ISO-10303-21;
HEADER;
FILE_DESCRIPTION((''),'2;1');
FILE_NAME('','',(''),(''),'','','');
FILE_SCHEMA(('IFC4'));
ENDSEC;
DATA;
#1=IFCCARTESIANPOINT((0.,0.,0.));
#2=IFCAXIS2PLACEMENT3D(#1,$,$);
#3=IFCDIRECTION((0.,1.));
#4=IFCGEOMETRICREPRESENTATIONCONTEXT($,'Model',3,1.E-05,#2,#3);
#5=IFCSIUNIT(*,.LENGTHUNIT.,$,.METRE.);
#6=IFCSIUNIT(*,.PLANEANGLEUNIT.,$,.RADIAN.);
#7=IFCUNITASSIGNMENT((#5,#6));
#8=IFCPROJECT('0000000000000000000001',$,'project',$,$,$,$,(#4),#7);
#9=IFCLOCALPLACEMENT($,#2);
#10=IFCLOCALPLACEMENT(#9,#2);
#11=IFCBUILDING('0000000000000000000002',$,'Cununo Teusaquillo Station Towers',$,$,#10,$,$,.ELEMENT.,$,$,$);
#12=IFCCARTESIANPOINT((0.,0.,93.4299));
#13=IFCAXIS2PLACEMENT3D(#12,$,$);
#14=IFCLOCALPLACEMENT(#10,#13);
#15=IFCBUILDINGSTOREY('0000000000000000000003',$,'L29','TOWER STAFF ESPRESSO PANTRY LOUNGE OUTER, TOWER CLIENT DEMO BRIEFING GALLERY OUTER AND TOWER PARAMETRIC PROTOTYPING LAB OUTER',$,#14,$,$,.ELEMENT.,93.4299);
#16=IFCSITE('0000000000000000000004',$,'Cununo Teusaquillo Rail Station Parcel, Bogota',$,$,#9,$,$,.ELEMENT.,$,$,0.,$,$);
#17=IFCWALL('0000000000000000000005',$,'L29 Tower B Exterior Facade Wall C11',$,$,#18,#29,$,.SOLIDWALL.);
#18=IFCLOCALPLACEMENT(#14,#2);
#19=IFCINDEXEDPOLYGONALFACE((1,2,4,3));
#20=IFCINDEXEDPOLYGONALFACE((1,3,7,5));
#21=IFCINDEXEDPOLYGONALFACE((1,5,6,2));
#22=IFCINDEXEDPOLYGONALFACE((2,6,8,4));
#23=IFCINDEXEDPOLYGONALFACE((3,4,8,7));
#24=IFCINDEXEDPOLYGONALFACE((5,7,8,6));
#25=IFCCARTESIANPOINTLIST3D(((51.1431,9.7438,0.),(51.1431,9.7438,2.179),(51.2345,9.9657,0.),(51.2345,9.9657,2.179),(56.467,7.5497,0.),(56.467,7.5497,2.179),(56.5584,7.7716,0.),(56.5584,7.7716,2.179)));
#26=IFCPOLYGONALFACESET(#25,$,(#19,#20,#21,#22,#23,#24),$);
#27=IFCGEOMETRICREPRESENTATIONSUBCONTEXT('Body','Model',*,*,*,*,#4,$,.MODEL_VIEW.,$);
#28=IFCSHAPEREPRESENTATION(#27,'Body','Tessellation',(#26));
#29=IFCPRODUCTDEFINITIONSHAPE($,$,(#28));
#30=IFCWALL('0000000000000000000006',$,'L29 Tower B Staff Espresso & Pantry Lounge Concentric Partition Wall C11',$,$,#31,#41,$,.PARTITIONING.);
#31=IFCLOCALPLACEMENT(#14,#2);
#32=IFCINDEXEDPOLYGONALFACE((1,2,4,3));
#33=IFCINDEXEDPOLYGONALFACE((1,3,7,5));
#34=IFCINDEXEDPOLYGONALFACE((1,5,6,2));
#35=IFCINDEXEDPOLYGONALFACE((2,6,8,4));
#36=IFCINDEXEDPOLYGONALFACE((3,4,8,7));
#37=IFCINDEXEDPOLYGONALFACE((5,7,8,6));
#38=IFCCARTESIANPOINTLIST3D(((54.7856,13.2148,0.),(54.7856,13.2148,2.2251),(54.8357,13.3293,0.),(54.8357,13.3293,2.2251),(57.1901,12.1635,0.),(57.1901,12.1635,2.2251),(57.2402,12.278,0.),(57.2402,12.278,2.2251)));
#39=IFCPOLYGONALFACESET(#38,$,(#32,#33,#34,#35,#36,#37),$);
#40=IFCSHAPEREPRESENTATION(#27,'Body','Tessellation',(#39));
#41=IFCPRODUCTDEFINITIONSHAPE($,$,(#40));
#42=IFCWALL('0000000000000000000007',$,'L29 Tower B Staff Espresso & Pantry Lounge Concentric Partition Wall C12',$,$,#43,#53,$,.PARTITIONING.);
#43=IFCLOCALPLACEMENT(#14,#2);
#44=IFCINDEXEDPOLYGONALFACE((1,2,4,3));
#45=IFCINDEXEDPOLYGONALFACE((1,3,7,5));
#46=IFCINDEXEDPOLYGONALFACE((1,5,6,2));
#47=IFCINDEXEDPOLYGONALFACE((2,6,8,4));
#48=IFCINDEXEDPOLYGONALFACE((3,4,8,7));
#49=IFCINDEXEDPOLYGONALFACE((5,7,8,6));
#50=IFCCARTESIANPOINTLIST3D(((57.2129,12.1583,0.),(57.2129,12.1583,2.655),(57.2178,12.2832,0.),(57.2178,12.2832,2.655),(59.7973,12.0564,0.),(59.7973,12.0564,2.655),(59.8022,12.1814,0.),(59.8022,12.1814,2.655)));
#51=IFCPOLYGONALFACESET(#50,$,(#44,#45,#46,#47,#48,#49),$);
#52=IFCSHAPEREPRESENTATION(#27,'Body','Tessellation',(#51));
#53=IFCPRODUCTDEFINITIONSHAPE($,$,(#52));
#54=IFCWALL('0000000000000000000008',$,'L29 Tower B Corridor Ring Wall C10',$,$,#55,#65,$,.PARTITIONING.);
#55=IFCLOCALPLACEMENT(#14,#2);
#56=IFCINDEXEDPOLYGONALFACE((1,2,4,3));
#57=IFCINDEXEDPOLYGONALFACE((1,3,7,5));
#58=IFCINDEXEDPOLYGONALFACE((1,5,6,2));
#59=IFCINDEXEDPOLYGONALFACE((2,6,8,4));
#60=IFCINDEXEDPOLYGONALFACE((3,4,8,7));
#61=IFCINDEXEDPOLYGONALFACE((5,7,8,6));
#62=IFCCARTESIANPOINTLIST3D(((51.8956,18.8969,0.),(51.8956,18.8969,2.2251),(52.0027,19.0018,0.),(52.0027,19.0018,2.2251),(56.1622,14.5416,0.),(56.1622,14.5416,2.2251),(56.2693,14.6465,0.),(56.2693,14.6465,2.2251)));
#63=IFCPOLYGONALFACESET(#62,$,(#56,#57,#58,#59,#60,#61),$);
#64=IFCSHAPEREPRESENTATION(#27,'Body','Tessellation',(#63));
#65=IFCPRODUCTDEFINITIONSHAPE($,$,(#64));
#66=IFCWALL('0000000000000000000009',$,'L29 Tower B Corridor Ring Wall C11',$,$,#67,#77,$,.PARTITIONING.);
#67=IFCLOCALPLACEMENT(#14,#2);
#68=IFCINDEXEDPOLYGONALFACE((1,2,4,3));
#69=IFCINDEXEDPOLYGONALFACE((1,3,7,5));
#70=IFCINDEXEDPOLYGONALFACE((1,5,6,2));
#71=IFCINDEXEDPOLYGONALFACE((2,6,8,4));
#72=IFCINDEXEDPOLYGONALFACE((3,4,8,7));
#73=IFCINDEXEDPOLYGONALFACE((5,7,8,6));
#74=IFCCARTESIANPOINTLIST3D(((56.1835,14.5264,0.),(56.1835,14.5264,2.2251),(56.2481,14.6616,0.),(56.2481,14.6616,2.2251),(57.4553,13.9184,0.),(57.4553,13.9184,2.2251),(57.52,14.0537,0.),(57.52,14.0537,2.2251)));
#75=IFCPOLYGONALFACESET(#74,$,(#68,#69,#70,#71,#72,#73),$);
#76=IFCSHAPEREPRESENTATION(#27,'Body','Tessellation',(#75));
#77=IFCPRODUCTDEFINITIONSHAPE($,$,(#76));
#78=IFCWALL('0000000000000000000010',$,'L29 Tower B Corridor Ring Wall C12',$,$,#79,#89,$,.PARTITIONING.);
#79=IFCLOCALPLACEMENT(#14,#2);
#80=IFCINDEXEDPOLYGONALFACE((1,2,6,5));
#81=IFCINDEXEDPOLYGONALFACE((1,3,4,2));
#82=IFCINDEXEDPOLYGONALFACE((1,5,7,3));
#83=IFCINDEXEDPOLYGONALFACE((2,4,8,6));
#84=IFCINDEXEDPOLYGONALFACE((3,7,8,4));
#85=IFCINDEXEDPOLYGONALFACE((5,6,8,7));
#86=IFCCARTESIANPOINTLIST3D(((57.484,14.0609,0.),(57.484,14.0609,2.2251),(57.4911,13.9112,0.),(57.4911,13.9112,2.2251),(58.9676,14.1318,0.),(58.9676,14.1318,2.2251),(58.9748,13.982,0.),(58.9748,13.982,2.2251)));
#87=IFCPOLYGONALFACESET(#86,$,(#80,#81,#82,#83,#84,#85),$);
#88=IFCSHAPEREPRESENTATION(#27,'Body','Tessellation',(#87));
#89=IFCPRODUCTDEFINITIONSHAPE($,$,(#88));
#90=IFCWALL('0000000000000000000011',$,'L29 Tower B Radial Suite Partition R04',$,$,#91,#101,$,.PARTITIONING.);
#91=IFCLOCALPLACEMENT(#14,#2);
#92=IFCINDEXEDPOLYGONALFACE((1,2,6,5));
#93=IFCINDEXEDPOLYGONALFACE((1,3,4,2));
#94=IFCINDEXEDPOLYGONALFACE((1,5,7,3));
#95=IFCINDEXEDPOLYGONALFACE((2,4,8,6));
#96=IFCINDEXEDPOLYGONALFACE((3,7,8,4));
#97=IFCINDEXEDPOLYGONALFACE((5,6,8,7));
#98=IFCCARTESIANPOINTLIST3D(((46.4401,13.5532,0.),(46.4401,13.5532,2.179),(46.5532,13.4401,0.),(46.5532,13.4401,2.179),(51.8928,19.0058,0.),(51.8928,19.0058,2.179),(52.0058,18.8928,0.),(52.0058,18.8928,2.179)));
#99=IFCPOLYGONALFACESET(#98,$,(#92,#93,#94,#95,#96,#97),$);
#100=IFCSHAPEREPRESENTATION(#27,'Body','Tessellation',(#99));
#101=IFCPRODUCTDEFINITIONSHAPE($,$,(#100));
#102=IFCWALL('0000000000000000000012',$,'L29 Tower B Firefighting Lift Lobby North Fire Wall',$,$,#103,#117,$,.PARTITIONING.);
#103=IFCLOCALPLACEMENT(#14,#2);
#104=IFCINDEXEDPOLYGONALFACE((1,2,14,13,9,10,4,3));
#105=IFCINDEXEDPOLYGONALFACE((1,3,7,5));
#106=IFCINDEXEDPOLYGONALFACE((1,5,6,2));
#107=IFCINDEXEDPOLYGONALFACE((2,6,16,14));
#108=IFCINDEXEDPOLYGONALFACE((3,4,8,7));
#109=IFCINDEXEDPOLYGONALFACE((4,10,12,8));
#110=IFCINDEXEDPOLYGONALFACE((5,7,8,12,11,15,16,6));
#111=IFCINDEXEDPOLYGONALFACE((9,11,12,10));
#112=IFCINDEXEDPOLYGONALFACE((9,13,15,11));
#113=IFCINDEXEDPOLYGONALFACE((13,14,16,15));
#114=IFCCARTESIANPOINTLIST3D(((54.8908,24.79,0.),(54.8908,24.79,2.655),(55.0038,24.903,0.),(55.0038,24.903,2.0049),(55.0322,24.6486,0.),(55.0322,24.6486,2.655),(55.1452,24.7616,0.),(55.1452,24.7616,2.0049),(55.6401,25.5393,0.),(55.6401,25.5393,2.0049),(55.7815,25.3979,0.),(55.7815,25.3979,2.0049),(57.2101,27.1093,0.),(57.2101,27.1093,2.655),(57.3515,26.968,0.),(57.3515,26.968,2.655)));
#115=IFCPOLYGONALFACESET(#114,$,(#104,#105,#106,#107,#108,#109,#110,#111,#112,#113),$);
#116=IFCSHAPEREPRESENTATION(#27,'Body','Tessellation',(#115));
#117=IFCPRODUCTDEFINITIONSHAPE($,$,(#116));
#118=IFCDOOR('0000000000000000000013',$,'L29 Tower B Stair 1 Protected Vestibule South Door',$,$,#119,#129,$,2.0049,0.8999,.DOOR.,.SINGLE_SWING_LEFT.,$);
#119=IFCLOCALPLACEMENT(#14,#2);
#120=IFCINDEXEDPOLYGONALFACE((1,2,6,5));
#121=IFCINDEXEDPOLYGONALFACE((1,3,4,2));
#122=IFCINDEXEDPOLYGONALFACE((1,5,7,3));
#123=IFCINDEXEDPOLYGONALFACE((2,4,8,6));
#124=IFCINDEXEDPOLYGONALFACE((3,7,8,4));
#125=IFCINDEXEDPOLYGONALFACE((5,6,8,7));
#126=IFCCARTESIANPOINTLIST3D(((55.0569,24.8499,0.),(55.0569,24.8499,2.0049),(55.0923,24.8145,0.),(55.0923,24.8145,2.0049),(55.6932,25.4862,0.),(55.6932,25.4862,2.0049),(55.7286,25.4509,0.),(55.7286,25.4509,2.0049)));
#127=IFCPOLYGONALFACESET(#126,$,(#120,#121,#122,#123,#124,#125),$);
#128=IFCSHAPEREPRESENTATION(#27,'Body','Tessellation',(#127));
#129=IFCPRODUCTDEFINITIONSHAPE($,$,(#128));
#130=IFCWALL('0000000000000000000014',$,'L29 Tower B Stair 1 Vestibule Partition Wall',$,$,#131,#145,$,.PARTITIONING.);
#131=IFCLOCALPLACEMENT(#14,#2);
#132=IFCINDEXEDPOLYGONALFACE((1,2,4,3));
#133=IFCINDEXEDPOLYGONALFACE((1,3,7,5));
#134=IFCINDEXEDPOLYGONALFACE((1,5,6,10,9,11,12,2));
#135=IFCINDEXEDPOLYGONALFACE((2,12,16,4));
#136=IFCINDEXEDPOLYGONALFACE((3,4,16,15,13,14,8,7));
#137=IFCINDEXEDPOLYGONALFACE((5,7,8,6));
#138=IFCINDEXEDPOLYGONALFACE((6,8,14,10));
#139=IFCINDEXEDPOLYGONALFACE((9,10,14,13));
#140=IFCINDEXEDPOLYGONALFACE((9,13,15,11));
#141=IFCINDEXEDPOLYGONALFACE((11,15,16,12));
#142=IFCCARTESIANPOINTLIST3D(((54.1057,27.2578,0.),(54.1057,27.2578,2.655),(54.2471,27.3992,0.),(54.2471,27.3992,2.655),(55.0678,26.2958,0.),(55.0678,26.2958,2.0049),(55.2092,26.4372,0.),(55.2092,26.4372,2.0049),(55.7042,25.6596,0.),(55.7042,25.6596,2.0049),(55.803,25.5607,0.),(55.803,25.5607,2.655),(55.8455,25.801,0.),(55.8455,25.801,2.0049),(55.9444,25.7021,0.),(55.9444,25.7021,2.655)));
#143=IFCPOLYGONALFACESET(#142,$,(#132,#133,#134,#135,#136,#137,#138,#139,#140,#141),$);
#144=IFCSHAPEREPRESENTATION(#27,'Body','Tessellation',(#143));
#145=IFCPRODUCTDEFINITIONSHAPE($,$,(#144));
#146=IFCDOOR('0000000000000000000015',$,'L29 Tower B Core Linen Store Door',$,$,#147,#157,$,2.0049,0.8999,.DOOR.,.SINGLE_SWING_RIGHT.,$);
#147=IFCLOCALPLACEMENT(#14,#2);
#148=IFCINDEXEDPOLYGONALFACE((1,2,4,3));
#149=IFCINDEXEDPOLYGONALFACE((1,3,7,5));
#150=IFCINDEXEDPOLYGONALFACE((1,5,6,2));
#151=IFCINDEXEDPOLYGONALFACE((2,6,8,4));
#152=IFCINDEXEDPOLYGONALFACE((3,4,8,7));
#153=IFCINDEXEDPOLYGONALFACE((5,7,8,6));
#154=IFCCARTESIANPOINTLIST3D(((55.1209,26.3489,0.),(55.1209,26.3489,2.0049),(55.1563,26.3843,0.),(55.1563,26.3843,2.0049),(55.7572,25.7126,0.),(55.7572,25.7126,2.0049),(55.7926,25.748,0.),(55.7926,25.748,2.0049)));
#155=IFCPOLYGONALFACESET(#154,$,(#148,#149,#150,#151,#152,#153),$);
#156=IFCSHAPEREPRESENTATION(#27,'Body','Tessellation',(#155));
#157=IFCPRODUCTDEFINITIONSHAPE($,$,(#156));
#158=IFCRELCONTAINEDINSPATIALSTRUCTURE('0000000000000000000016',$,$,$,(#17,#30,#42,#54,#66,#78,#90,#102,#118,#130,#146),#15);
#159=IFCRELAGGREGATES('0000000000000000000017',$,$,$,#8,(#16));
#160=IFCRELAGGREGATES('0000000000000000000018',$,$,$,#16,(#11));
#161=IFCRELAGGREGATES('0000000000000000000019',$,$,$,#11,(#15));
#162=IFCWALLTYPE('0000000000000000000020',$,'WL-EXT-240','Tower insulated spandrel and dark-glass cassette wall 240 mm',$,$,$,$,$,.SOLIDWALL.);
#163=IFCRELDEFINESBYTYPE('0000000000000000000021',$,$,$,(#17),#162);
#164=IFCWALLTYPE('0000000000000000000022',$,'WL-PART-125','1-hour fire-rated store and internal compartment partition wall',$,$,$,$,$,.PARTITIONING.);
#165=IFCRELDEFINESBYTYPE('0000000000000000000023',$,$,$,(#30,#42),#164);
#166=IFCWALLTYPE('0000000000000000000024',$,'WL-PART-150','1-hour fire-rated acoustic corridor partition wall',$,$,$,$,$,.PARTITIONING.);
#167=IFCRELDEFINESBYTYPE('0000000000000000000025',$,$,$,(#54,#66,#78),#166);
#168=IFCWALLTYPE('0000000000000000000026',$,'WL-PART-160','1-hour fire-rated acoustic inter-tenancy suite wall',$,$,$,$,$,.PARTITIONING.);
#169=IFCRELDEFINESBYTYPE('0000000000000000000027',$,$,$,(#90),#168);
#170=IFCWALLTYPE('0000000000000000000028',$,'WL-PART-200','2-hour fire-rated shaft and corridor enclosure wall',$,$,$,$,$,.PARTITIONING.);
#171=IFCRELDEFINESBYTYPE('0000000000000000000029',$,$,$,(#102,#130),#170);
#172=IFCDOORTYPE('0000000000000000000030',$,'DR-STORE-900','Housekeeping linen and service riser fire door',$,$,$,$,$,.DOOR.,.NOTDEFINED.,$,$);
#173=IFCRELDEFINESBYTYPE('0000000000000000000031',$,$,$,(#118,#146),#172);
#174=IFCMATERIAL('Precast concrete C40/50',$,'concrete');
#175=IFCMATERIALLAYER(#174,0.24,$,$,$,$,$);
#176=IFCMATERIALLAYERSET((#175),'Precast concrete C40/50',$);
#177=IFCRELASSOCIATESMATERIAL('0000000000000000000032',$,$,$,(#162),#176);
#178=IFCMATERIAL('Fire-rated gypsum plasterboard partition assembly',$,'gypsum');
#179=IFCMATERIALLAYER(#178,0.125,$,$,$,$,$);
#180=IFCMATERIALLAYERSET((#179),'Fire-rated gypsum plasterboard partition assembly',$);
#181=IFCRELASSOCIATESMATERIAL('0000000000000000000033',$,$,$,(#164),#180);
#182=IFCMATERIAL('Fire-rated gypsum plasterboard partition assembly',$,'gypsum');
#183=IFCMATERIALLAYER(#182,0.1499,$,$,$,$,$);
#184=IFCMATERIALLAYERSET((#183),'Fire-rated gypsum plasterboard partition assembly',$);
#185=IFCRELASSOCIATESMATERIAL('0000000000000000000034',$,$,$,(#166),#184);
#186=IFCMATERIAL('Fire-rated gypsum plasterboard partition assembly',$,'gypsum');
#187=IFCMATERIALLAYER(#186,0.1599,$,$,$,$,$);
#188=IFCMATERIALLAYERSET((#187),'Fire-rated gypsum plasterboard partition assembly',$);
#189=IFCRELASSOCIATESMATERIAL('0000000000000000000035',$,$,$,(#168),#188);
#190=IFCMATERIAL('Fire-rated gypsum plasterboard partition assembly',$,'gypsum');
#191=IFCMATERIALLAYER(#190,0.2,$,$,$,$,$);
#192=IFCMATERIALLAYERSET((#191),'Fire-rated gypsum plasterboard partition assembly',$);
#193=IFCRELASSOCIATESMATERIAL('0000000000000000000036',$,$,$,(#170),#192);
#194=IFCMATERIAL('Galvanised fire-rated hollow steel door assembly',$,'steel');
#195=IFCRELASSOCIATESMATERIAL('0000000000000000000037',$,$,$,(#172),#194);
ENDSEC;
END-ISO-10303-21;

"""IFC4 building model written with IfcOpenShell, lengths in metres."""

from ifc_helpers import new_model, si_unit, direction, frame, frame_2d, origin, place, context, subcontext, project, spatial, rectangle, extrude, source, transform, mapped, material, layer, layer_set, type_object, element, fill, save


model = new_model("IFC4")

# Units and contexts
model_context = context("Model", 3, precision=1e-05, world=origin(), true_north=direction((0.0, 1.0)))
body_context = subcontext(model_context, "Body", "Model", "MODEL_VIEW")
ifc_project = project(units=[si_unit("LENGTHUNIT", "METRE"), si_unit("PLANEANGLEUNIT", "RADIAN")], contexts=[model_context])

# Site, building, storey
site_placement = place(None, origin())
site = spatial("IfcSite", under=ifc_project, at=site_placement, Name="Cununo Teusaquillo Rail Station Parcel, Bogota", CompositionType="ELEMENT", RefElevation=0.0)
building_placement = place(site_placement, origin())
building = spatial("IfcBuilding", under=site, at=building_placement, Name="Cununo Teusaquillo Station Towers", CompositionType="ELEMENT")
storey_placement = place(building_placement, frame((0.0, 0.0, 93.4299)))
storey = spatial("IfcBuildingStorey", under=building, at=storey_placement, Name="L29", Description="TOWER STAFF ESPRESSO PANTRY LOUNGE OUTER, TOWER CLIENT DEMO BRIEFING GALLERY OUTER AND TOWER PARAMETRIC PROTOTYPING LAB OUTER", CompositionType="ELEMENT", Elevation=93.4299)

# Shared definitions
ifc_material_1 = material(Name="Precast concrete C40/50", Category="concrete")
ifc_layer_1 = layer(ifc_material_1, 0.24)
ifc_layer_set_1 = layer_set([ifc_layer_1], Name="Precast concrete C40/50")
wall_type_1 = type_object("IfcWallType", Name="WL-EXT-240", Description="Tower insulated spandrel and dark-glass cassette wall 240 mm", PredefinedType="SOLIDWALL", material=ifc_layer_set_1)

# Walls
wall_1_placement = place(storey_placement, frame((56.5127, 7.6606, 0.0), z_axis=(0.0, 0.0, 1.0), x_axis=(-0.924564, 0.381027, 0.0)))
element("IfcWall", 1, at=wall_1_placement, inside=storey, type_object=wall_type_1, Name="L29 Tower B Exterior Facade Wall C11", PredefinedType="SOLIDWALL", context=body_context, shape_type="SweptSolid", body=[
    extrude(rectangle(XDim=5.7583, YDim=0.24, at=frame_2d((2.8792, 0.0))), origin(), (0.0, 0.0, 1.0), 2.179),
])
ifc_material_2 = material(Name="Fire-rated gypsum plasterboard partition assembly", Category="gypsum")
ifc_layer_2 = layer(ifc_material_2, 0.125)
ifc_layer_set_2 = layer_set([ifc_layer_2], Name="Fire-rated gypsum plasterboard partition assembly")
wall_type_2 = type_object("IfcWallType", Name="WL-PART-125", Description="1-hour fire-rated store and internal compartment partition wall", PredefinedType="PARTITIONING", material=ifc_layer_set_2)
wall_2_placement = place(storey_placement, frame((54.8108, 13.272, 0.0), z_axis=(0.0, 0.0, 1.0), x_axis=(0.916258, -0.400589, 0.0)))
element("IfcWall", 2, at=wall_2_placement, inside=storey, type_object=wall_type_2, Name="L29 Tower B Staff Espresso & Pantry Lounge Concentric Partition Wall C11", PredefinedType="PARTITIONING", context=body_context, shape_type="SweptSolid", body=[
    extrude(rectangle(XDim=2.6243, YDim=0.125, at=frame_2d((1.312, 0.0))), origin(), (0.0, 0.0, 1.0), 2.2251),
])
wall_3_placement = place(storey_placement, frame((57.2153, 12.2207, 0.0), z_axis=(0.0, 0.0, 1.0), x_axis=(0.999225, -0.039361, 0.0)))
element("IfcWall", 3, at=wall_3_placement, inside=storey, type_object=wall_type_2, Name="L29 Tower B Staff Espresso & Pantry Lounge Concentric Partition Wall C12", PredefinedType="PARTITIONING", context=body_context, shape_type="SweptSolid", body=[
    extrude(rectangle(XDim=2.5864, YDim=0.125, at=frame_2d((1.2932, 0.0))), origin(), (0.0, 0.0, 1.0), 2.655),
])
ifc_material_3 = material(Name="Fire-rated gypsum plasterboard partition assembly", Category="gypsum")
ifc_layer_3 = layer(ifc_material_3, 0.1499)
ifc_layer_set_3 = layer_set([ifc_layer_3], Name="Fire-rated gypsum plasterboard partition assembly")
wall_type_3 = type_object("IfcWallType", Name="WL-PART-150", Description="1-hour fire-rated acoustic corridor partition wall", PredefinedType="PARTITIONING", material=ifc_layer_set_3)
wall_4_placement = place(storey_placement, frame((51.9492, 18.9492, 0.0), z_axis=(0.0, 0.0, 1.0), x_axis=(0.699802, -0.714337, 0.0)))
element("IfcWall", 4, at=wall_4_placement, inside=storey, type_object=wall_type_3, Name="L29 Tower B Corridor Ring Wall C10", PredefinedType="PARTITIONING", context=body_context, shape_type="SweptSolid", body=[
    extrude(rectangle(XDim=6.0969, YDim=0.1499, at=frame_2d((3.0483, 0.0))), origin(), (0.0, 0.0, 1.0), 2.2251),
])
wall_5_placement = place(storey_placement, frame((56.2158, 14.594, 0.0), z_axis=(0.0, 0.0, 1.0), x_axis=(0.902219, -0.431278, 0.0)))
element("IfcWall", 5, at=wall_5_placement, inside=storey, type_object=wall_type_3, Name="L29 Tower B Corridor Ring Wall C11", PredefinedType="PARTITIONING", context=body_context, shape_type="SweptSolid", body=[
    extrude(rectangle(XDim=1.4097, YDim=0.1499, at=frame_2d((0.7048, 0.0))), origin(), (0.0, 0.0, 1.0), 2.2251),
])
wall_6_placement = place(storey_placement, frame((57.4875, 13.9861, 0.0), z_axis=(0.0, 0.0, 1.0), x_axis=(0.998863, 0.047667, 0.0)))
element("IfcWall", 6, at=wall_6_placement, inside=storey, type_object=wall_type_3, Name="L29 Tower B Corridor Ring Wall C12", PredefinedType="PARTITIONING", context=body_context, shape_type="SweptSolid", body=[
    extrude(rectangle(XDim=1.4854, YDim=0.1499, at=frame_2d((0.7427, 0.0))), origin(), (0.0, 0.0, 1.0), 2.2251),
])
ifc_material_4 = material(Name="Fire-rated gypsum plasterboard partition assembly", Category="gypsum")
ifc_layer_4 = layer(ifc_material_4, 0.1599)
ifc_layer_set_4 = layer_set([ifc_layer_4], Name="Fire-rated gypsum plasterboard partition assembly")
wall_type_4 = type_object("IfcWallType", Name="WL-PART-160", Description="1-hour fire-rated acoustic inter-tenancy suite wall", PredefinedType="PARTITIONING", material=ifc_layer_set_4)
wall_7_placement = place(storey_placement, frame((51.9492, 18.9492, 0.0), z_axis=(0.0, 0.0, 1.0), x_axis=(-0.707107, -0.707107, 0.0)))
element("IfcWall", 7, at=wall_7_placement, inside=storey, type_object=wall_type_4, Name="L29 Tower B Radial Suite Partition R04", PredefinedType="PARTITIONING", context=body_context, shape_type="SweptSolid", body=[
    extrude(rectangle(XDim=7.7112, YDim=0.1599, at=frame_2d((3.8555, 0.0))), origin(), (0.0, 0.0, 1.0), 2.179),
])

# Walls, openings, doors
ifc_material_5 = material(Name="Fire-rated gypsum plasterboard partition assembly", Category="gypsum")
ifc_layer_5 = layer(ifc_material_5, 0.2)
ifc_layer_set_5 = layer_set([ifc_layer_5], Name="Fire-rated gypsum plasterboard partition assembly")
wall_type_5 = type_object("IfcWallType", Name="WL-PART-200", Description="2-hour fire-rated shaft and corridor enclosure wall", PredefinedType="PARTITIONING", material=ifc_layer_set_5)
wall_8_placement = place(storey_placement, frame((54.9614, 24.7192, 0.0), z_axis=(0.0, 0.0, 1.0), x_axis=(0.707107, 0.707107, 0.0)))
wall_8 = element("IfcWall", 8, at=wall_8_placement, inside=storey, type_object=wall_type_5, Name="L29 Tower B Firefighting Lift Lobby North Fire Wall", PredefinedType="PARTITIONING", context=body_context, shape_type="SweptSolid", body=[
    extrude(rectangle(XDim=3.28, YDim=0.2, at=frame_2d((1.6401, 0.0))), origin(), (0.0, 0.0, 1.0), 2.655),
])
shared_shape_1 = source(origin(), body_context, "Body", "SweptSolid", [
    extrude(rectangle(XDim=0.8999, YDim=2.0049, at=frame_2d((0.45, 1.0024))), frame((0.0, 0.1099, 0.0), z_axis=(0.0, -1.0, 0.0), x_axis=(1.0, 0.0, 0.0)), (0.0, 0.0, 1.0), 0.22),
])
opening_1_placement = place(wall_8_placement, frame((0.1599, 0.0, 0.0)))
opening_1 = element("IfcOpeningElement", 9, at=opening_1_placement, cuts=wall_8, PredefinedType="OPENING", context=body_context, shape_type="MappedRepresentation", body=[
    mapped(shared_shape_1, transform((0.0, 0.0, 0.0), x_axis=(1.0, 0.0, 0.0), y_axis=(0.0, 1.0, 0.0), z_axis=(0.0, 0.0, 1.0), scale=1.0)),
])
ifc_material_6 = material(Name="Galvanised fire-rated hollow steel door assembly", Category="steel")
door_type = type_object("IfcDoorType", Name="DR-STORE-900", Description="Housekeeping linen and service riser fire door", OperationType="NOTDEFINED", PredefinedType="DOOR", material=ifc_material_6)
shared_shape_2 = source(origin(), body_context, "Body", "SweptSolid", [
    extrude(rectangle(XDim=0.8999, YDim=2.0049, at=frame_2d((0.45, 1.0024))), frame((0.0, 0.0249, 0.0), z_axis=(0.0, -1.0, 0.0), x_axis=(1.0, 0.0, 0.0)), (0.0, 0.0, 1.0), 0.05),
])
door_1_placement = place(opening_1_placement, origin())
door_1 = element("IfcDoor", 10, at=door_1_placement, inside=storey, type_object=door_type, Name="L29 Tower B Stair 1 Protected Vestibule South Door", OperationType="SINGLE_SWING_LEFT", OverallHeight=2.0049, OverallWidth=0.8999, PredefinedType="DOOR", context=body_context, shape_type="MappedRepresentation", body=[
    mapped(shared_shape_2, transform((0.0, 0.0, 0.0), x_axis=(1.0, 0.0, 0.0), y_axis=(0.0, 1.0, 0.0), z_axis=(0.0, 0.0, 1.0), scale=1.0)),
])
fill(opening_1, door_1)
wall_9_placement = place(storey_placement, frame((55.8738, 25.6313, 0.0), z_axis=(0.0, 0.0, 1.0), x_axis=(-0.707158, 0.707056, 0.0)))
wall_9 = element("IfcWall", 11, at=wall_9_placement, inside=storey, type_object=wall_type_5, Name="L29 Tower B Stair 1 Vestibule Partition Wall", PredefinedType="PARTITIONING", context=body_context, shape_type="SweptSolid", body=[
    extrude(rectangle(XDim=2.4001, YDim=0.2, at=frame_2d((1.2002, 0.0))), origin(), (0.0, 0.0, 1.0), 2.655),
])
opening_2_placement = place(wall_9_placement, frame((0.1399, 0.0, 0.0)))
opening_2 = element("IfcOpeningElement", 12, at=opening_2_placement, cuts=wall_9, PredefinedType="OPENING", context=body_context, shape_type="MappedRepresentation", body=[
    mapped(shared_shape_1, transform((0.0, 0.0, 0.0), x_axis=(1.0, 0.0, 0.0), y_axis=(0.0, 1.0, 0.0), z_axis=(0.0, 0.0, 1.0), scale=1.0)),
])
door_2_placement = place(opening_2_placement, origin())
door_2 = element("IfcDoor", 13, at=door_2_placement, inside=storey, type_object=door_type, Name="L29 Tower B Core Linen Store Door", OperationType="SINGLE_SWING_RIGHT", OverallHeight=2.0049, OverallWidth=0.8999, PredefinedType="DOOR", context=body_context, shape_type="MappedRepresentation", body=[
    mapped(shared_shape_2, transform((0.0, 0.0, 0.0), x_axis=(1.0, 0.0, 0.0), y_axis=(0.0, 1.0, 0.0), z_axis=(0.0, 0.0, 1.0), scale=1.0)),
])
fill(opening_2, door_2)

save(model, "model.ifc")
